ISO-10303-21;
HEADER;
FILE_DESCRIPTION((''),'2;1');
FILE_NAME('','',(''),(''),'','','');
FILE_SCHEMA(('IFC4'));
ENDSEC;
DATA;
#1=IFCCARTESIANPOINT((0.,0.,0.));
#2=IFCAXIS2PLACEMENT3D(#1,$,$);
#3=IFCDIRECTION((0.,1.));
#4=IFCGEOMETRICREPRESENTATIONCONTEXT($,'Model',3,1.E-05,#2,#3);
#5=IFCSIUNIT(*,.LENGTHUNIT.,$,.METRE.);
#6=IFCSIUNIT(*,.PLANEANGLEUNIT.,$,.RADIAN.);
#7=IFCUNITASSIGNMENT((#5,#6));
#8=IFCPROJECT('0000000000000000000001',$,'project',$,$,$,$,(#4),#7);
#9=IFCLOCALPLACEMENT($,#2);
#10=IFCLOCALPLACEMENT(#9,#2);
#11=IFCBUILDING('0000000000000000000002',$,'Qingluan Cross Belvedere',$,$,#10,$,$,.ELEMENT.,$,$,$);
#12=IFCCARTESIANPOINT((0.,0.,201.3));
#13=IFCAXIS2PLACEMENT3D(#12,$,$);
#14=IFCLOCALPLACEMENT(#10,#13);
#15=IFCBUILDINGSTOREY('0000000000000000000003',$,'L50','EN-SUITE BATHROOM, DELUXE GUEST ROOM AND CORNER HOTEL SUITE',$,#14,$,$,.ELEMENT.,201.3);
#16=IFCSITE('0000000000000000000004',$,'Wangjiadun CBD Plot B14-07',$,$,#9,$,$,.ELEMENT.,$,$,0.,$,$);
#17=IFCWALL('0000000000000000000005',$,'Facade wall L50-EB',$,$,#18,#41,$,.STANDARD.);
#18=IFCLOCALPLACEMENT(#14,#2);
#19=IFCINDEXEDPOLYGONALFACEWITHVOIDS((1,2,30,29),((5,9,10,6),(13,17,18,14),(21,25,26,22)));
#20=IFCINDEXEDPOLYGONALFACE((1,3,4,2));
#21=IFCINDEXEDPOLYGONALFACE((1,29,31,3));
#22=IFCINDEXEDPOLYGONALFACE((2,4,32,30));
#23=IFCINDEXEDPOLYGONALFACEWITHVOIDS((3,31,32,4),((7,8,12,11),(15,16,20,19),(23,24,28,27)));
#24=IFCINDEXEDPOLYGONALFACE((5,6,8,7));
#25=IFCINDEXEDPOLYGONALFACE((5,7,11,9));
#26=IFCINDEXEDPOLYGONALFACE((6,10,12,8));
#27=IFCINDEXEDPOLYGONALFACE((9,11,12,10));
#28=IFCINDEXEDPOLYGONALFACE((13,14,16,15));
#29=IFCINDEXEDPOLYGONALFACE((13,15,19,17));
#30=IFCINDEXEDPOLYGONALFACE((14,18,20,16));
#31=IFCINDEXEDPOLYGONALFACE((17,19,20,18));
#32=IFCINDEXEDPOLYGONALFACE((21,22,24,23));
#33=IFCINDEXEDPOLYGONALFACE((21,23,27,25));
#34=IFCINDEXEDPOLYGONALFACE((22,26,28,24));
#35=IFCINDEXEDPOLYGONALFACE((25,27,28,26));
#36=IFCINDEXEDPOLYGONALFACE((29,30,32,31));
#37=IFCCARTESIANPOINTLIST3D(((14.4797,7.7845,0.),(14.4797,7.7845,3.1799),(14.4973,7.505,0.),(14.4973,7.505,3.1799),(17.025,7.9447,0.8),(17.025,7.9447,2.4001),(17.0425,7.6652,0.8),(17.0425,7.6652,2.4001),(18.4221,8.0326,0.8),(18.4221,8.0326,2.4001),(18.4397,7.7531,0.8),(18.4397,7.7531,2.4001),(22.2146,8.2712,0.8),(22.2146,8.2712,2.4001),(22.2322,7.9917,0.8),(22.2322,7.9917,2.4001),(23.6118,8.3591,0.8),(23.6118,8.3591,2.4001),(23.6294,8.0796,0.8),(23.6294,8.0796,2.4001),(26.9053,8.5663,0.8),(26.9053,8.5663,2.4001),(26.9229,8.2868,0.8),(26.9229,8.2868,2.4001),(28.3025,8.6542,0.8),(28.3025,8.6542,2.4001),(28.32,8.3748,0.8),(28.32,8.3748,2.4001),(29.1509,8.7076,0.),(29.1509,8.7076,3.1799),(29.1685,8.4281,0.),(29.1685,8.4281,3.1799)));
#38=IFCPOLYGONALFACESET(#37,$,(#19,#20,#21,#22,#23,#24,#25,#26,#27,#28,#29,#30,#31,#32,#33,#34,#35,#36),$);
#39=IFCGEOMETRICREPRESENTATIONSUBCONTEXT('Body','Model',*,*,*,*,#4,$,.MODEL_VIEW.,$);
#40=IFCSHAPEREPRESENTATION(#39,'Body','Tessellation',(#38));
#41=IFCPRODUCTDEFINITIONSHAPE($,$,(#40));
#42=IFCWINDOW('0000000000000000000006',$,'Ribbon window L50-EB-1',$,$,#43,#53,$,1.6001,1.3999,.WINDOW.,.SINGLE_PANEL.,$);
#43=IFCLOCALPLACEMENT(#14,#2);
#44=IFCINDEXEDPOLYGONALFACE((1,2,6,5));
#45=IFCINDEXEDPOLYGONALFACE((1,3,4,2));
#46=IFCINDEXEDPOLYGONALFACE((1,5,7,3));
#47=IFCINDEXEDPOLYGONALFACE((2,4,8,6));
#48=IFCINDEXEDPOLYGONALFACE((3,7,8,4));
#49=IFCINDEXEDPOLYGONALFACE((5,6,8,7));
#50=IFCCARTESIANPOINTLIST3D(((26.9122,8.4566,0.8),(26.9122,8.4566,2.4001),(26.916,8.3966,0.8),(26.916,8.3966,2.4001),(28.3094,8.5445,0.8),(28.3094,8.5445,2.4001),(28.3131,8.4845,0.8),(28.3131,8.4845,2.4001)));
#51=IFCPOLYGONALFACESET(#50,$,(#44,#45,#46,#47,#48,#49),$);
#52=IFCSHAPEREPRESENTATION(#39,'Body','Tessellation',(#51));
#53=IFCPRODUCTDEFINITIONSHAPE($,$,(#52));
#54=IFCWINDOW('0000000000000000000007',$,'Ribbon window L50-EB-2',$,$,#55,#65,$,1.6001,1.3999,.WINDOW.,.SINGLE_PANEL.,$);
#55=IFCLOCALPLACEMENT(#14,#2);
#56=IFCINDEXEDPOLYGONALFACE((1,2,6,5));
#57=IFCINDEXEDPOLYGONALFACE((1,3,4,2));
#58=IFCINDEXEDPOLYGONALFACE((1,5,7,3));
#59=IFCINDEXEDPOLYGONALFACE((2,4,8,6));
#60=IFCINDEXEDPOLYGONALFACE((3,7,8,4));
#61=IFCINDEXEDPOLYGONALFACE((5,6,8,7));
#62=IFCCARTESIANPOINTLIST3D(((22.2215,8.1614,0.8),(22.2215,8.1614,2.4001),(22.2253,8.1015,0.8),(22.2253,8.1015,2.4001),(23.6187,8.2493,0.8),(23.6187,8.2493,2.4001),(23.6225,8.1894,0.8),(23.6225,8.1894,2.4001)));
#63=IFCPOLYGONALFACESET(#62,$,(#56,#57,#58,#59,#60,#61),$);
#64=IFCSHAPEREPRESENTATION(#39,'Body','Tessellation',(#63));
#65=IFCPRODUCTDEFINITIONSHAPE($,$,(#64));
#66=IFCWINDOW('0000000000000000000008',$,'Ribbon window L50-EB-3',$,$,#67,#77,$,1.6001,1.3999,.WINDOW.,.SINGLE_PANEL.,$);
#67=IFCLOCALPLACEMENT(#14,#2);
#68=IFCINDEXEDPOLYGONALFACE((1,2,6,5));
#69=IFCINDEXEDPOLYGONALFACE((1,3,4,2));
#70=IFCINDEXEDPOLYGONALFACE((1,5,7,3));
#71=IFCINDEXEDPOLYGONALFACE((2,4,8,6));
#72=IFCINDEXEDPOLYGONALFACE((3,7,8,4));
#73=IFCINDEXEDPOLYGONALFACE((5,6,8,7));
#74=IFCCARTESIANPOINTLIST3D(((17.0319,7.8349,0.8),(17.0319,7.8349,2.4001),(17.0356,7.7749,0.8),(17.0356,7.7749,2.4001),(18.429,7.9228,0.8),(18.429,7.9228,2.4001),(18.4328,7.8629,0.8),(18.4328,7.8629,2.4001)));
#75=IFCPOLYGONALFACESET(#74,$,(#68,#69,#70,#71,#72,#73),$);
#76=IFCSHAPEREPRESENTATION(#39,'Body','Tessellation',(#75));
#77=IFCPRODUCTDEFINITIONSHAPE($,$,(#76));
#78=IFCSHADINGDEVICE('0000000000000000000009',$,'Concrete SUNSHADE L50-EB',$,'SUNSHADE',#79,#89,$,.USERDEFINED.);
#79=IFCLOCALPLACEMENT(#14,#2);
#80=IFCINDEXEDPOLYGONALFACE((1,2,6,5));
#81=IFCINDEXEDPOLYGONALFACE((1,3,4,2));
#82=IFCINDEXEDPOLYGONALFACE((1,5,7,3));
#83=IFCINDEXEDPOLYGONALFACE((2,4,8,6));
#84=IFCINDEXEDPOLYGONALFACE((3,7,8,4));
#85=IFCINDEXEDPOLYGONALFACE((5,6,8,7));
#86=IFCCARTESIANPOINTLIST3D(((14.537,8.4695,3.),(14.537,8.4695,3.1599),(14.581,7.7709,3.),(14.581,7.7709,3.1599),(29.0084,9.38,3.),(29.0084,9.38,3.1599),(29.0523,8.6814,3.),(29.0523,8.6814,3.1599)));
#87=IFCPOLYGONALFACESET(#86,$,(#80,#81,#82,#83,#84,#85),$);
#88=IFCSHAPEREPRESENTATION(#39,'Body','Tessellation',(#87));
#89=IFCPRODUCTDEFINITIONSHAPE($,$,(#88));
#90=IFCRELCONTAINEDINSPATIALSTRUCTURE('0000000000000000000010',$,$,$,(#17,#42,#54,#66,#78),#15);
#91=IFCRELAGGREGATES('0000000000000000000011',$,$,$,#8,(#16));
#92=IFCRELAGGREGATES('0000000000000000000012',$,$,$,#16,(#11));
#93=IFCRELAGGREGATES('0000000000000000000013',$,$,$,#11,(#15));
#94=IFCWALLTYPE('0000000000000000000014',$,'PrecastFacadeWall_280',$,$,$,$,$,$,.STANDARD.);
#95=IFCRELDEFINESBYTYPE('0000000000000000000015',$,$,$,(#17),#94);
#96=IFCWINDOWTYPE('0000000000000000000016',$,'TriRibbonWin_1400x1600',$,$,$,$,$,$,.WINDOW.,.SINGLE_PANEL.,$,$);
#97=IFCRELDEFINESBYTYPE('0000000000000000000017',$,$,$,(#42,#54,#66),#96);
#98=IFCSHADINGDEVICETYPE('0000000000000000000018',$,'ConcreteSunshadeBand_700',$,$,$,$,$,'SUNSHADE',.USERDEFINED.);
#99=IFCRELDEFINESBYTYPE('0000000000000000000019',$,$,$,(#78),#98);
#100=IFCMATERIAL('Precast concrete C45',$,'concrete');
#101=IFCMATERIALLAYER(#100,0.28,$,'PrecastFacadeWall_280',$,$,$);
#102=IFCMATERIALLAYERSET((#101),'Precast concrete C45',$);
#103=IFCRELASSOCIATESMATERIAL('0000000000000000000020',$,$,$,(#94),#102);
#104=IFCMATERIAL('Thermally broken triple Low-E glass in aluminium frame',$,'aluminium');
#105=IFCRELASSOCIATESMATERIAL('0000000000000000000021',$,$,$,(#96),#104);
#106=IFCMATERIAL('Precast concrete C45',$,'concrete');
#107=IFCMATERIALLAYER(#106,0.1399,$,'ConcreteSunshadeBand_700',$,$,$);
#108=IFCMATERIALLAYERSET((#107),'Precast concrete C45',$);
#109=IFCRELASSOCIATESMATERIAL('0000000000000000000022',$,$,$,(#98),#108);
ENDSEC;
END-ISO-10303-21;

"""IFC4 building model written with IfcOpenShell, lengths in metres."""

from ifc_helpers import new_model, si_unit, direction, frame, frame_2d, origin, origin_2d, place, context, subcontext, project, spatial, rectangle, extrude, material, layer, layer_set, type_object, element, fill, save


model = new_model("IFC4")

# Units and contexts
model_context = context("Model", 3, precision=1e-05, world=origin(), true_north=direction((0.0, 1.0)))
body_context = subcontext(model_context, "Body", "Model", "MODEL_VIEW")
ifc_project = project(units=[si_unit("LENGTHUNIT", "METRE"), si_unit("PLANEANGLEUNIT", "RADIAN")], contexts=[model_context])

# Site, building, storey
site_placement = place(None, origin())
site = spatial("IfcSite", under=ifc_project, at=site_placement, Name="Wangjiadun CBD Plot B14-07", CompositionType="ELEMENT", RefElevation=0.0)
building_placement = place(site_placement, origin())
building = spatial("IfcBuilding", under=site, at=building_placement, Name="Qingluan Cross Belvedere", CompositionType="ELEMENT")
storey_placement = place(building_placement, frame((0.0, 0.0, 201.3)))
storey = spatial("IfcBuildingStorey", under=building, at=storey_placement, Name="L50", Description="EN-SUITE BATHROOM, DELUXE GUEST ROOM AND CORNER HOTEL SUITE", CompositionType="ELEMENT", Elevation=201.3)

# Wall, openings, windows
ifc_material_1 = material(Name="Precast concrete C45", Category="concrete")
ifc_layer_1 = layer(ifc_material_1, 0.28, Name="PrecastFacadeWall_280")
ifc_layer_set_1 = layer_set([ifc_layer_1], Name="Precast concrete C45")
wall_type_1 = type_object("IfcWallType", Name="PrecastFacadeWall_280", PredefinedType="STANDARD", material=ifc_layer_set_1)
wall_1_placement = place(storey_placement, frame((29.1597, 8.5679, 0.0), z_axis=(0.0, 0.0, 1.0), x_axis=(-0.998026, -0.062795, 0.0)))
wall_1 = element("IfcWall", 1, at=wall_1_placement, inside=storey, type_object=wall_type_1, Name="Facade wall L50-EB", PredefinedType="STANDARD", context=body_context, shape_type="SweptSolid", body=[
    extrude(rectangle(XDim=14.7002, YDim=0.28, at=frame_2d((7.3501, 0.0))), origin(), (0.0, 0.0, 1.0), 3.1799),
])
opening_1_placement = place(wall_1_placement, frame((0.8501, 0.0, 0.8)))
opening_1 = element("IfcOpeningElement", 2, at=opening_1_placement, cuts=wall_1, PredefinedType="OPENING", context=body_context, shape_type="SweptSolid", body=[
    extrude(rectangle(XDim=1.3999, YDim=1.6001, at=frame_2d((0.7, 0.8))), frame((0.0, 0.1499, 0.0), z_axis=(0.0, -1.0, 0.0), x_axis=(1.0, 0.0, 0.0)), (0.0, 0.0, 1.0), 0.3),
])
opening_2_placement = place(wall_1_placement, frame((5.55, 0.0, 0.8)))
opening_2 = element("IfcOpeningElement", 3, at=opening_2_placement, cuts=wall_1, PredefinedType="OPENING", context=body_context, shape_type="SweptSolid", body=[
    extrude(rectangle(XDim=1.3999, YDim=1.6001, at=frame_2d((0.7, 0.8))), frame((0.0, 0.1499, 0.0), z_axis=(0.0, -1.0, 0.0), x_axis=(1.0, 0.0, 0.0)), (0.0, 0.0, 1.0), 0.3),
])
opening_3_placement = place(wall_1_placement, frame((10.75, 0.0, 0.8)))
opening_3 = element("IfcOpeningElement", 4, at=opening_3_placement, cuts=wall_1, PredefinedType="OPENING", context=body_context, shape_type="SweptSolid", body=[
    extrude(rectangle(XDim=1.3999, YDim=1.6001, at=frame_2d((0.7, 0.8))), frame((0.0, 0.1499, 0.0), z_axis=(0.0, -1.0, 0.0), x_axis=(1.0, 0.0, 0.0)), (0.0, 0.0, 1.0), 0.3),
])
ifc_material_2 = material(Name="Thermally broken triple Low-E glass in aluminium frame", Category="aluminium")
window_type = type_object("IfcWindowType", Name="TriRibbonWin_1400x1600", PartitioningType="SINGLE_PANEL", PredefinedType="WINDOW", material=ifc_material_2)
window_1_placement = place(opening_1_placement, origin())
window_1 = element("IfcWindow", 5, at=window_1_placement, inside=storey, type_object=window_type, Name="Ribbon window L50-EB-1", OverallHeight=1.6001, OverallWidth=1.3999, PartitioningType="SINGLE_PANEL", PredefinedType="WINDOW", context=body_context, shape_type="SweptSolid", body=[
    extrude(rectangle(XDim=1.3999, YDim=1.6001, at=frame_2d((0.7, 0.8))), frame((0.0, 0.03, 0.0), z_axis=(0.0, -1.0, 0.0), x_axis=(1.0, 0.0, 0.0)), (0.0, 0.0, 1.0), 0.0601),
])
fill(opening_1, window_1)
window_2_placement = place(opening_2_placement, origin())
window_2 = element("IfcWindow", 6, at=window_2_placement, inside=storey, type_object=window_type, Name="Ribbon window L50-EB-2", OverallHeight=1.6001, OverallWidth=1.3999, PartitioningType="SINGLE_PANEL", PredefinedType="WINDOW", context=body_context, shape_type="SweptSolid", body=[
    extrude(rectangle(XDim=1.3999, YDim=1.6001, at=frame_2d((0.7, 0.8))), frame((0.0, 0.03, 0.0), z_axis=(0.0, -1.0, 0.0), x_axis=(1.0, 0.0, 0.0)), (0.0, 0.0, 1.0), 0.0601),
])
fill(opening_2, window_2)
window_3_placement = place(opening_3_placement, origin())
window_3 = element("IfcWindow", 7, at=window_3_placement, inside=storey, type_object=window_type, Name="Ribbon window L50-EB-3", OverallHeight=1.6001, OverallWidth=1.3999, PartitioningType="SINGLE_PANEL", PredefinedType="WINDOW", context=body_context, shape_type="SweptSolid", body=[
    extrude(rectangle(XDim=1.3999, YDim=1.6001, at=frame_2d((0.7, 0.8))), frame((0.0, 0.03, 0.0), z_axis=(0.0, -1.0, 0.0), x_axis=(1.0, 0.0, 0.0)), (0.0, 0.0, 1.0), 0.0601),
])
fill(opening_3, window_3)

# Shading device
ifc_material_3 = material(Name="Precast concrete C45", Category="concrete")
ifc_layer_2 = layer(ifc_material_3, 0.1399, Name="ConcreteSunshadeBand_700")
ifc_layer_set_2 = layer_set([ifc_layer_2], Name="Precast concrete C45")
shading_device_type = type_object("IfcShadingDeviceType", Name="ConcreteSunshadeBand_700", ElementType="SUNSHADE", PredefinedType="USERDEFINED", material=ifc_layer_set_2)
shading_device_placement = place(storey_placement, frame((21.7947, 8.5754, 3.0), z_axis=(0.0, 0.0, 1.0), x_axis=(-0.998026, -0.062796, 0.0)))
element("IfcShadingDevice", 8, at=shading_device_placement, inside=storey, type_object=shading_device_type, Name="Concrete SUNSHADE L50-EB", ObjectType="SUNSHADE", PredefinedType="USERDEFINED", context=body_context, shape_type="SweptSolid", body=[
    extrude(rectangle(XDim=14.5, YDim=0.7, at=origin_2d()), origin(), (0.0, 0.0, 1.0), 0.1599),
])

save(model, "model.ifc")
